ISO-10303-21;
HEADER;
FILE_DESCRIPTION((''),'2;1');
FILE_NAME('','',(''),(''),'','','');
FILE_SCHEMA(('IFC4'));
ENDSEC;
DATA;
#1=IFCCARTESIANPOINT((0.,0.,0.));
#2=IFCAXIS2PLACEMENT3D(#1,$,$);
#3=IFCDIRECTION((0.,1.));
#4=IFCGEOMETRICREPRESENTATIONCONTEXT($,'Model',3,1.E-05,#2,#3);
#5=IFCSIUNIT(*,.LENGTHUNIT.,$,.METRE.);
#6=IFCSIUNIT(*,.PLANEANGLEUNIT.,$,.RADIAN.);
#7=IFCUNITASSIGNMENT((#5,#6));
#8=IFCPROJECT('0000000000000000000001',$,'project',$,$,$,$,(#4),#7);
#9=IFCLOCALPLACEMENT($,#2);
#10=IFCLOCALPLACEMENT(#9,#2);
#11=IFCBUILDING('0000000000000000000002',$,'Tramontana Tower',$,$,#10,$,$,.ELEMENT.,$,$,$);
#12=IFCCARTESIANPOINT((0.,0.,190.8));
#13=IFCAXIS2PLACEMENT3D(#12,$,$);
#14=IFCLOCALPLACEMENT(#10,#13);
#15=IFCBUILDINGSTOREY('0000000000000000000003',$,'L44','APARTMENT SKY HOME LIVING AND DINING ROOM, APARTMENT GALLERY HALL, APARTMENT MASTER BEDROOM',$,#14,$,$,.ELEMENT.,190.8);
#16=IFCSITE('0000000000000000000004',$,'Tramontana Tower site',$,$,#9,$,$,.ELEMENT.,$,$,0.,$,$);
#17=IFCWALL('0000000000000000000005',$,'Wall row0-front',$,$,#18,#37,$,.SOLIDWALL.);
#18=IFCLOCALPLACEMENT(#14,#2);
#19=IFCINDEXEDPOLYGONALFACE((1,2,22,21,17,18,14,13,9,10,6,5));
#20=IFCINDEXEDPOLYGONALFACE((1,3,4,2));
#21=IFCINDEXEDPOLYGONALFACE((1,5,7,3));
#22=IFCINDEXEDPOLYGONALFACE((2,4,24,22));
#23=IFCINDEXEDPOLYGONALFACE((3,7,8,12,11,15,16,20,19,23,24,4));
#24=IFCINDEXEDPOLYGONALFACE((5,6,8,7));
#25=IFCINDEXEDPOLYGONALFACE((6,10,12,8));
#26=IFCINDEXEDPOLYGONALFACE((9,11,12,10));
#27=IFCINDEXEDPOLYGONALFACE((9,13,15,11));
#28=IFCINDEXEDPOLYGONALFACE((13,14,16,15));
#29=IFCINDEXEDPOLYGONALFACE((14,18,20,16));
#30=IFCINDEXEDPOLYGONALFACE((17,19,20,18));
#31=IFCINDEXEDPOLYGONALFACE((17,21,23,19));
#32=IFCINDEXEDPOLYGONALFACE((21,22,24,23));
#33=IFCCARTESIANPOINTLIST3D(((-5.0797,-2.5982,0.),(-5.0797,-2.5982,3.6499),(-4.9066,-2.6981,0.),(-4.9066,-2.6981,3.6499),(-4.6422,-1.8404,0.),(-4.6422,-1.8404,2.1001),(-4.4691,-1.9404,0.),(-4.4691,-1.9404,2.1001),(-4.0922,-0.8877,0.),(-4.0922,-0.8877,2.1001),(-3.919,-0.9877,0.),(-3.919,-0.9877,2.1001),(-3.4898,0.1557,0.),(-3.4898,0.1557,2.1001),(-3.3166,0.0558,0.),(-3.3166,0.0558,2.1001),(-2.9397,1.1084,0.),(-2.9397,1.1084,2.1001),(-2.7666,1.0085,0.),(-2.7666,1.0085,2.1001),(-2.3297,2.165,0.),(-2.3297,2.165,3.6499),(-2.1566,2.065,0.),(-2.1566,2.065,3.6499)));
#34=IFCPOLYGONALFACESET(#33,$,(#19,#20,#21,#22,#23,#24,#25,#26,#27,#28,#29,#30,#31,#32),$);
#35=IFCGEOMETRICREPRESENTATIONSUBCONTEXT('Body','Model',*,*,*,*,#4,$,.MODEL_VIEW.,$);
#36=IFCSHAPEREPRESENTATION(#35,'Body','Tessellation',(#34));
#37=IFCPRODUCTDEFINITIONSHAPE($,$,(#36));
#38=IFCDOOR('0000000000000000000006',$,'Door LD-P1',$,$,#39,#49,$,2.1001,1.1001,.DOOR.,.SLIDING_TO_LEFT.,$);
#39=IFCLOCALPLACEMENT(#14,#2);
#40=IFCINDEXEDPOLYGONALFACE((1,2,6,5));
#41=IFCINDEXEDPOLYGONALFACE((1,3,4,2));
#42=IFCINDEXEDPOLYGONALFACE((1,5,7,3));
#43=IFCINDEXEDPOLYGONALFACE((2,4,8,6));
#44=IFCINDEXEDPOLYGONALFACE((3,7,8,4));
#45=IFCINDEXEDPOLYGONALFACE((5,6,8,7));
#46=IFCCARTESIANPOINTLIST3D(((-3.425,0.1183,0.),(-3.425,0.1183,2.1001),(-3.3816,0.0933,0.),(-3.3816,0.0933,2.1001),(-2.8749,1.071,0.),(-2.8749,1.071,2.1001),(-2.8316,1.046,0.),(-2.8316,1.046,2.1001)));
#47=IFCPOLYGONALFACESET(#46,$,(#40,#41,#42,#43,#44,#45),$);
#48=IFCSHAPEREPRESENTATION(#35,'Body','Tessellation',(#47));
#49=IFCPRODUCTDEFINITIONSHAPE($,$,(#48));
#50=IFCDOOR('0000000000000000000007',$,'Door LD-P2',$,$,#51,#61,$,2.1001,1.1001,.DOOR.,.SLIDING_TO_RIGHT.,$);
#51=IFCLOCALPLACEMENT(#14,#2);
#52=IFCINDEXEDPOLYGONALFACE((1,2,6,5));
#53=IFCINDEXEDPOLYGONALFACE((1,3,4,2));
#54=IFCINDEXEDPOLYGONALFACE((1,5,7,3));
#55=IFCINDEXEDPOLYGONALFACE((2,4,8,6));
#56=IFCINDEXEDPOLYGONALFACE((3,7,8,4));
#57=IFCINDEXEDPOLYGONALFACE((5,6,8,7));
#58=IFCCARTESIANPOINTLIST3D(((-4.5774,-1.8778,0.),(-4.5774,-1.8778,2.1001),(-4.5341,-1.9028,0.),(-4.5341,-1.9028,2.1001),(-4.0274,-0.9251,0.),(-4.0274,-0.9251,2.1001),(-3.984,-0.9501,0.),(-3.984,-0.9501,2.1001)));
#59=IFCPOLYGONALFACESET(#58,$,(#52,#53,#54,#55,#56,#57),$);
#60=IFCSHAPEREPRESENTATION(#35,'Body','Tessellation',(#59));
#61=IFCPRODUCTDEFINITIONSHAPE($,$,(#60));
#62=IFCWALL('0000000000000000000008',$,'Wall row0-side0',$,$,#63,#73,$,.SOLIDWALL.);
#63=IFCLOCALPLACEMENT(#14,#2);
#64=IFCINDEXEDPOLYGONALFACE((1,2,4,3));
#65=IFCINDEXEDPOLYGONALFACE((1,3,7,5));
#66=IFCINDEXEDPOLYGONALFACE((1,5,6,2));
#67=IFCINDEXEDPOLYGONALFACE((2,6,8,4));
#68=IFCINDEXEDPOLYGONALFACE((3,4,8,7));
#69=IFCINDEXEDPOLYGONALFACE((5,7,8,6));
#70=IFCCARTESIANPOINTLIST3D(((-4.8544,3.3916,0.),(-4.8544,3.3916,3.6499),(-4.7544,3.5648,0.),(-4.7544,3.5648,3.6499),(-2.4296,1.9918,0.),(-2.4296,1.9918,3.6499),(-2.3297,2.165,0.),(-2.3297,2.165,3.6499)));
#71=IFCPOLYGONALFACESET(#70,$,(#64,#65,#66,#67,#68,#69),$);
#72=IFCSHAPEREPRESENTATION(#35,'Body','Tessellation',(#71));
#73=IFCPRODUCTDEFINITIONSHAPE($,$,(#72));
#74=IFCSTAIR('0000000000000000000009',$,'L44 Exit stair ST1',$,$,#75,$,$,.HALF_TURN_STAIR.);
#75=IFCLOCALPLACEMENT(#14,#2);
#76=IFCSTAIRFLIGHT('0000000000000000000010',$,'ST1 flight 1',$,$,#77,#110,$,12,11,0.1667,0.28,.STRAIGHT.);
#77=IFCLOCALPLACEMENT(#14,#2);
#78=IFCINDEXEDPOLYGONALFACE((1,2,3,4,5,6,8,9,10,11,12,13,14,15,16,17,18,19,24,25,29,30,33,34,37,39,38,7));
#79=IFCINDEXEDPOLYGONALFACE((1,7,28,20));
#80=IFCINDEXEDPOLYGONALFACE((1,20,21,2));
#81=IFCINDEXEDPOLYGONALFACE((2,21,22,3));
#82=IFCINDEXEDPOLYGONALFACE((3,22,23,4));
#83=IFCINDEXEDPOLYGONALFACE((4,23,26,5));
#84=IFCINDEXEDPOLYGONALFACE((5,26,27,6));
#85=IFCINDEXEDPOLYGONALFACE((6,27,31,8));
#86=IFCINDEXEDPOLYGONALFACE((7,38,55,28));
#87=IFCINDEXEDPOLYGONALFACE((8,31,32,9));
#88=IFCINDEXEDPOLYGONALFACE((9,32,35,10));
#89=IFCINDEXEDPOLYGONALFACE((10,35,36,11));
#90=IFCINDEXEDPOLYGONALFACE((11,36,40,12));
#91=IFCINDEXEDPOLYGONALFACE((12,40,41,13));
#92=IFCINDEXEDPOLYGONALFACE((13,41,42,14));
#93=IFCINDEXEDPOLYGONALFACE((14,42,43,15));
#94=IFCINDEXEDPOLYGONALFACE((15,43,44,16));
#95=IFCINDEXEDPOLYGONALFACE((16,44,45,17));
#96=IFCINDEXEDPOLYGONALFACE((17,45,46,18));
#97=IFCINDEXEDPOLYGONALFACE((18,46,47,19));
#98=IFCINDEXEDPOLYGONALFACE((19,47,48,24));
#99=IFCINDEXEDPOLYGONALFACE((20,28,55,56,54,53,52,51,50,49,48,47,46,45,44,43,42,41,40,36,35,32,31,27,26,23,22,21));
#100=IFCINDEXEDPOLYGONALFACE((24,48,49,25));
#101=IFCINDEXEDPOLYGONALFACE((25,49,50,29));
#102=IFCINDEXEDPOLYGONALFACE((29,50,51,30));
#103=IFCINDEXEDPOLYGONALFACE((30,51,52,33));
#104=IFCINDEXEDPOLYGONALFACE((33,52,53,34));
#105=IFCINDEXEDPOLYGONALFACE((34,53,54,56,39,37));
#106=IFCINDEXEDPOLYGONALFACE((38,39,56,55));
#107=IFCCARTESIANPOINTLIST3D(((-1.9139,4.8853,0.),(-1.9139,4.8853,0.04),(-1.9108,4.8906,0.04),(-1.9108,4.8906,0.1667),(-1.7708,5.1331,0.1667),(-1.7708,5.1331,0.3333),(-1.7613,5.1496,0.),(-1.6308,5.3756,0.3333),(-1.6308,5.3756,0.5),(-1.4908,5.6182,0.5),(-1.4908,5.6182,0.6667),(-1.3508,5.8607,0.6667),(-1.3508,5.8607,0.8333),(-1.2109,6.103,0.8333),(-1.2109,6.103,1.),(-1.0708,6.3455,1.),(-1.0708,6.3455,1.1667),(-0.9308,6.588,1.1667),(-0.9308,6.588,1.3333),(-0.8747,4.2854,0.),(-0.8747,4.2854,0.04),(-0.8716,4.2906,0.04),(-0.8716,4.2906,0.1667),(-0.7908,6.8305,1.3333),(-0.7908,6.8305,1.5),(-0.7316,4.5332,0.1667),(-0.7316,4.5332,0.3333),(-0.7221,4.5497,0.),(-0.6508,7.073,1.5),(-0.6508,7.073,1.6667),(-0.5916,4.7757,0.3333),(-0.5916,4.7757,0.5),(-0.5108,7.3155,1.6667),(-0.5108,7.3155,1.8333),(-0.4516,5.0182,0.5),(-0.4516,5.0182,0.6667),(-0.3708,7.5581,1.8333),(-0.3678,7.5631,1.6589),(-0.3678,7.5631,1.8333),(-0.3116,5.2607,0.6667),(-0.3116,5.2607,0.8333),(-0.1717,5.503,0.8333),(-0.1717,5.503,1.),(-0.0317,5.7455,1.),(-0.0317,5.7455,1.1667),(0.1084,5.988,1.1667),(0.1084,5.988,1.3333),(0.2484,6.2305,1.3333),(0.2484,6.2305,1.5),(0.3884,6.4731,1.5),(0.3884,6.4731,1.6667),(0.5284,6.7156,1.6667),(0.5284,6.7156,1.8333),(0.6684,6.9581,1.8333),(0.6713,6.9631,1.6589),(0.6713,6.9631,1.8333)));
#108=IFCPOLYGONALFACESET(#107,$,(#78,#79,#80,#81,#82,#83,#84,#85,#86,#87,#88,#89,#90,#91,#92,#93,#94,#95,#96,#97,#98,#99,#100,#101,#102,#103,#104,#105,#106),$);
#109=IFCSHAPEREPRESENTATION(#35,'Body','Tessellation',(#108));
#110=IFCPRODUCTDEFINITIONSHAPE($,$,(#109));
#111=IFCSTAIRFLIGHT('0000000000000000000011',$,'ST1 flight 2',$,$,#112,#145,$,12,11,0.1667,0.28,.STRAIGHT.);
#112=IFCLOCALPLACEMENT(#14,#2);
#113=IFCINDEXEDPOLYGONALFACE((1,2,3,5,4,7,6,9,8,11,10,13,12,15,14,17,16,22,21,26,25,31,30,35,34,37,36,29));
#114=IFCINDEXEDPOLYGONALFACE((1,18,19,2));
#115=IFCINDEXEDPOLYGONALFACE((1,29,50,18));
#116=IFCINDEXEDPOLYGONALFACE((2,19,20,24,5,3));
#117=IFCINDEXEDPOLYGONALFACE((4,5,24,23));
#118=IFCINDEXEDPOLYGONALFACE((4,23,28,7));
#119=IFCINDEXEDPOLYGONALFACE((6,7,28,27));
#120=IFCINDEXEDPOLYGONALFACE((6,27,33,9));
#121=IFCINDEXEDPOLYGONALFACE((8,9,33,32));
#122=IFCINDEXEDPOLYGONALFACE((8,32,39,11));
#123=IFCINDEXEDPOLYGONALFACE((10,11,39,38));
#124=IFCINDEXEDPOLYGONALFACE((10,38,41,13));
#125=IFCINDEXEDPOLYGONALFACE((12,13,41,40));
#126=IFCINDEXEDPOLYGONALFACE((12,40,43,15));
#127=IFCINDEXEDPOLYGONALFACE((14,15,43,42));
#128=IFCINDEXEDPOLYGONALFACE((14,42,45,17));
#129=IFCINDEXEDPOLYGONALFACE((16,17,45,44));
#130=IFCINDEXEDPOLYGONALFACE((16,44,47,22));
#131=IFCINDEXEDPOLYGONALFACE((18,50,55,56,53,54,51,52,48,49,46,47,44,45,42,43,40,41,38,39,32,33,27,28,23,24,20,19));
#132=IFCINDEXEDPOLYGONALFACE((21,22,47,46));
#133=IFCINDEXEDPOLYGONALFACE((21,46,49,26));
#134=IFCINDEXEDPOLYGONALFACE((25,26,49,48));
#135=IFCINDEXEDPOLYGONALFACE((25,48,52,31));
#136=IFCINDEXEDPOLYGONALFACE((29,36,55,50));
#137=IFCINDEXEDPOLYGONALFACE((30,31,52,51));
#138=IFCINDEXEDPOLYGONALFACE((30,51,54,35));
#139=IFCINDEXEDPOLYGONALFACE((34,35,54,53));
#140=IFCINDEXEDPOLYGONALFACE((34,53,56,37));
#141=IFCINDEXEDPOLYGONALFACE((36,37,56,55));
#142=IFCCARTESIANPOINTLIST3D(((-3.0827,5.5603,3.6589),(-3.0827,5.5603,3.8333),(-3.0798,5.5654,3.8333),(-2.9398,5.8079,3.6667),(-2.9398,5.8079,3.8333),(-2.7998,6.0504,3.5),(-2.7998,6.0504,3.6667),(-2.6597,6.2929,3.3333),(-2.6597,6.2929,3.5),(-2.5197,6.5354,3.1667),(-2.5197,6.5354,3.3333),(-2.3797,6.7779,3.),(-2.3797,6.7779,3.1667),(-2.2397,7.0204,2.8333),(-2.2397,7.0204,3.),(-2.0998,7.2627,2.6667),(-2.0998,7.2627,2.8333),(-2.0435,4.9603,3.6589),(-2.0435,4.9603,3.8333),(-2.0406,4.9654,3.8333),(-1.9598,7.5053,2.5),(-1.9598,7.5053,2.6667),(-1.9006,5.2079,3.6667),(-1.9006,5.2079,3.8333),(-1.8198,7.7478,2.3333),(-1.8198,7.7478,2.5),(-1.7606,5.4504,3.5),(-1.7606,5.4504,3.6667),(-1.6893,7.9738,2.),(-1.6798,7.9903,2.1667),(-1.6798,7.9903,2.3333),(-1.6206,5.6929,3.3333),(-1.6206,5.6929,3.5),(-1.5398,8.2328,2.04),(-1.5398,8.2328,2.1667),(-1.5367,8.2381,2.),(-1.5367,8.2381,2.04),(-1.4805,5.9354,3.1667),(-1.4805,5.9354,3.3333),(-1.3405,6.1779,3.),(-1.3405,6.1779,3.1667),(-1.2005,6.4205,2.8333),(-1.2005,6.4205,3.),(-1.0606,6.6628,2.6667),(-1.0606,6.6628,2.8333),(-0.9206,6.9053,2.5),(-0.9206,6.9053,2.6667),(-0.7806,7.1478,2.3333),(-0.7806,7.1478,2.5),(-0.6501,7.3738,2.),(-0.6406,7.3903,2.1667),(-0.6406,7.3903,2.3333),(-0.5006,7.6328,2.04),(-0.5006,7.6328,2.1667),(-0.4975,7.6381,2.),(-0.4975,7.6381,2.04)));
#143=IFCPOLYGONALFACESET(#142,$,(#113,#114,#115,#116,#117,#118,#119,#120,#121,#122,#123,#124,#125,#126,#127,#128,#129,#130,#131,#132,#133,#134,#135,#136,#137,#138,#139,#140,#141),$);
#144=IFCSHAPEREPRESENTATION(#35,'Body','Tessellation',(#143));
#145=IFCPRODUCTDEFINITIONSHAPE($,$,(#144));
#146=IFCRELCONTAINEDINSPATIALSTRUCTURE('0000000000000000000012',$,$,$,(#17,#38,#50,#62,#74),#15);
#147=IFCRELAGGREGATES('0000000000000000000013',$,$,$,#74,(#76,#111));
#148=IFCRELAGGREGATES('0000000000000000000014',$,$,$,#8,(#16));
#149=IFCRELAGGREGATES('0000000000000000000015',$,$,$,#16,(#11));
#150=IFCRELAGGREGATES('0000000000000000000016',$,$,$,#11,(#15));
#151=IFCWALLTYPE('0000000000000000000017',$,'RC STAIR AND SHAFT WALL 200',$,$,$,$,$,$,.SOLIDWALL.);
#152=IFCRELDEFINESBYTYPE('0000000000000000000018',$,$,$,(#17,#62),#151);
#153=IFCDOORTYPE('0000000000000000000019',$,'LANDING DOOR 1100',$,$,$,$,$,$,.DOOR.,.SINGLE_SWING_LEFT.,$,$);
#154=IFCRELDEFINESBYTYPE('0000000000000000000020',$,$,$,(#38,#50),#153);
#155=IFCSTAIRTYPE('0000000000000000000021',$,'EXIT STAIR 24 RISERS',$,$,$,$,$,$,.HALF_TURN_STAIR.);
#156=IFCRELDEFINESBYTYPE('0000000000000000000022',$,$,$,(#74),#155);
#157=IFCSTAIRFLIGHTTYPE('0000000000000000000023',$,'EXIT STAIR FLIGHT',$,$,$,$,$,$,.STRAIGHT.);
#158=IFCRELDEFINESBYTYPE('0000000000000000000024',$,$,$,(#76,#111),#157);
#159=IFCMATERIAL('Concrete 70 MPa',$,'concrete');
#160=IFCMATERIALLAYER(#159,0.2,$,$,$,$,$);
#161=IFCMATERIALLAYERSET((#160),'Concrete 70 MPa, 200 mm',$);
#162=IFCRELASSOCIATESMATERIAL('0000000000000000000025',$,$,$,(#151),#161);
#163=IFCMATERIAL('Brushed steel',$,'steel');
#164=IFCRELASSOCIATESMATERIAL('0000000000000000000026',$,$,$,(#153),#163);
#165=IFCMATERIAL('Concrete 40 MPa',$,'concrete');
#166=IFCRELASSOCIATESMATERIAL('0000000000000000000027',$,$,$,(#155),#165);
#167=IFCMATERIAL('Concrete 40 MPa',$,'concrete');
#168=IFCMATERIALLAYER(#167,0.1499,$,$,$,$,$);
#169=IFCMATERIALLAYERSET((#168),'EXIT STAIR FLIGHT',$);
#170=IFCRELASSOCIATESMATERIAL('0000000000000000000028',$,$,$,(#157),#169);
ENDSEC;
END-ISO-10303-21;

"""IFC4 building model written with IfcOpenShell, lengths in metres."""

from ifc_helpers import new_model, si_unit, direction, frame, frame_2d, origin, place, context, subcontext, project, spatial, polyline, rectangle, outline, extrude, material, layer, layer_set, type_object, element, fill, aggregate, save


model = new_model("IFC4")

# Units and contexts
model_context = context("Model", 3, precision=1e-05, world=origin(), true_north=direction((0.0, 1.0)))
body_context = subcontext(model_context, "Body", "Model", "MODEL_VIEW")
ifc_project = project(units=[si_unit("LENGTHUNIT", "METRE"), si_unit("PLANEANGLEUNIT", "RADIAN")], contexts=[model_context])

# Site, building, storey
site_placement = place(None, origin())
site = spatial("IfcSite", under=ifc_project, at=site_placement, Name="Tramontana Tower site", CompositionType="ELEMENT", RefElevation=0.0)
building_placement = place(site_placement, origin())
building = spatial("IfcBuilding", under=site, at=building_placement, Name="Tramontana Tower", CompositionType="ELEMENT")
storey_placement = place(building_placement, frame((0.0, 0.0, 190.8)))
storey = spatial("IfcBuildingStorey", under=building, at=storey_placement, Name="L44", Description="APARTMENT SKY HOME LIVING AND DINING ROOM, APARTMENT GALLERY HALL, APARTMENT MASTER BEDROOM", CompositionType="ELEMENT", Elevation=190.8)

# Shared definitions
ifc_material_1 = material(Name="Concrete 70 MPa", Category="concrete")
ifc_layer_1 = layer(ifc_material_1, 0.2)
ifc_layer_set_1 = layer_set([ifc_layer_1], Name="Concrete 70 MPa, 200 mm")
wall_type_1 = type_object("IfcWallType", Name="RC STAIR AND SHAFT WALL 200", PredefinedType="SOLIDWALL", material=ifc_layer_set_1)

# Wall, openings, doors
wall_1_placement = place(storey_placement, frame((-2.2432, 2.115, 0.0), z_axis=(0.0, 0.0, 1.0), x_axis=(-0.499997, -0.866027, 0.0)))
wall_1 = element("IfcWall", 1, at=wall_1_placement, inside=storey, type_object=wall_type_1, Name="Wall row0-front", PredefinedType="SOLIDWALL", context=body_context, shape_type="SweptSolid", body=[
    extrude(rectangle(XDim=5.5, YDim=0.2, at=frame_2d((2.75, 0.0))), origin(), (0.0, 0.0, 1.0), 3.6499),
])
opening_1_placement = place(wall_1_placement, frame((1.22, 0.0, 0.0)))
opening_1 = element("IfcOpeningElement", 2, at=opening_1_placement, cuts=wall_1, PredefinedType="OPENING", context=body_context, shape_type="SweptSolid", body=[
    extrude(rectangle(XDim=1.1001, YDim=2.1001, at=frame_2d((0.55, 1.05))), frame((0.0, 0.1099, 0.0), z_axis=(0.0, -1.0, 0.0), x_axis=(1.0, 0.0, 0.0)), (0.0, 0.0, 1.0), 0.22),
])
opening_2_placement = place(wall_1_placement, frame((3.5249, 0.0, 0.0)))
opening_2 = element("IfcOpeningElement", 3, at=opening_2_placement, cuts=wall_1, PredefinedType="OPENING", context=body_context, shape_type="SweptSolid", body=[
    extrude(rectangle(XDim=1.1001, YDim=2.1001, at=frame_2d((0.55, 1.05))), frame((0.0, 0.1099, 0.0), z_axis=(0.0, -1.0, 0.0), x_axis=(1.0, 0.0, 0.0)), (0.0, 0.0, 1.0), 0.22),
])
ifc_material_2 = material(Name="Brushed steel", Category="steel")
door_type_1 = type_object("IfcDoorType", Name="LANDING DOOR 1100", OperationType="SINGLE_SWING_LEFT", PredefinedType="DOOR", material=ifc_material_2)
door_1_placement = place(opening_1_placement, origin())
door_1 = element("IfcDoor", 4, at=door_1_placement, inside=storey, type_object=door_type_1, Name="Door LD-P1", OperationType="SLIDING_TO_LEFT", OverallHeight=2.1001, OverallWidth=1.1001, PredefinedType="DOOR", context=body_context, shape_type="SweptSolid", body=[
    extrude(rectangle(XDim=1.1001, YDim=2.1001, at=frame_2d((0.55, 1.05))), frame((0.0, 0.0249, 0.0), z_axis=(0.0, -1.0, 0.0), x_axis=(1.0, 0.0, 0.0)), (0.0, 0.0, 1.0), 0.05),
])
fill(opening_1, door_1)
door_2_placement = place(opening_2_placement, origin())
door_2 = element("IfcDoor", 5, at=door_2_placement, inside=storey, type_object=door_type_1, Name="Door LD-P2", OperationType="SLIDING_TO_RIGHT", OverallHeight=2.1001, OverallWidth=1.1001, PredefinedType="DOOR", context=body_context, shape_type="SweptSolid", body=[
    extrude(rectangle(XDim=1.1001, YDim=2.1001, at=frame_2d((0.55, 1.05))), frame((0.0, 0.0249, 0.0), z_axis=(0.0, -1.0, 0.0), x_axis=(1.0, 0.0, 0.0)), (0.0, 0.0, 1.0), 0.05),
])
fill(opening_2, door_2)

# Wall
wall_2_placement = place(storey_placement, frame((-2.3796, 2.0784, 0.0), z_axis=(0.0, 0.0, 1.0), x_axis=(-0.866035, 0.499984, 0.0)))
element("IfcWall", 6, at=wall_2_placement, inside=storey, type_object=wall_type_1, Name="Wall row0-side0", PredefinedType="SOLIDWALL", context=body_context, shape_type="SweptSolid", body=[
    extrude(rectangle(XDim=2.7998, YDim=0.2, at=frame_2d((1.3999, 0.0))), origin(), (0.0, 0.0, 1.0), 3.6499),
])

# Stair, stair flights
ifc_material_3 = material(Name="Concrete 40 MPa", Category="concrete")
stair_type = type_object("IfcStairType", Name="EXIT STAIR 24 RISERS", PredefinedType="HALF_TURN_STAIR", material=ifc_material_3)
stair_placement = place(storey_placement, origin())
stair = element("IfcStair", 7, at=stair_placement, inside=storey, type_object=stair_type, Name="L44 Exit stair ST1", PredefinedType="HALF_TURN_STAIR")
ifc_material_4 = material(Name="Concrete 40 MPa", Category="concrete")
ifc_layer_2 = layer(ifc_material_4, 0.1499)
ifc_layer_set_2 = layer_set([ifc_layer_2], Name="EXIT STAIR FLIGHT")
stair_flight_type = type_object("IfcStairFlightType", Name="EXIT STAIR FLIGHT", PredefinedType="STRAIGHT", material=ifc_layer_set_2)
stair_flight_1_placement = place(storey_placement, frame((-1.3911, 4.5906, 0.0), z_axis=(0.0, 0.0, 1.0), x_axis=(0.5, 0.866025, 0.0)))
stair_flight_1 = element("IfcStairFlight", 8, at=stair_flight_1_placement, type_object=stair_flight_type, Name="ST1 flight 1", NumberOfRisers=12, NumberOfTreads=11, PredefinedType="STRAIGHT", RiserHeight=0.1667, TreadLength=0.28, context=body_context, shape_type="SweptSolid", body=[
    extrude(outline(polyline([(-0.0061, 0.0), (-0.0061, 0.04), (0.0, 0.04), (0.0, 0.1667), (0.28, 0.1667), (0.28, 0.3333), (0.5601, 0.3333), (0.5601, 0.5), (0.8401, 0.5), (0.8401, 0.6667), (1.1201, 0.6667), (1.1201, 0.8333), (1.3999, 0.8333), (1.3999, 1.0), (1.6799, 1.0), (1.6799, 1.1667), (1.96, 1.1667), (1.96, 1.3333), (2.24, 1.3333), (2.24, 1.5), (2.52, 1.5), (2.52, 1.6667), (2.8, 1.6667), (2.8, 1.8333), (3.0801, 1.8333), (3.0859, 1.8333), (3.0859, 1.6589), (0.2991, 0.0), (-0.0061, 0.0)])), frame((0.0, 0.6001, 0.0), z_axis=(0.0, -1.0, 0.0), x_axis=(1.0, 0.0, 0.0)), (0.0, 0.0, 1.0), 1.2),
])
stair_flight_2_placement = place(storey_placement, frame((-1.0203, 7.9329, 2.0), z_axis=(0.0, 0.0, 1.0), x_axis=(-0.5, -0.866025, 0.0)))
stair_flight_2 = element("IfcStairFlight", 9, at=stair_flight_2_placement, type_object=stair_flight_type, Name="ST1 flight 2", NumberOfRisers=12, NumberOfTreads=11, PredefinedType="STRAIGHT", RiserHeight=0.1667, TreadLength=0.28, context=body_context, shape_type="SweptSolid", body=[
    extrude(outline(polyline([(-0.0061, 0.0), (-0.0061, 0.04), (0.0, 0.04), (0.0, 0.1667), (0.28, 0.1667), (0.28, 0.3333), (0.5601, 0.3333), (0.5601, 0.5), (0.8401, 0.5), (0.8401, 0.6667), (1.1201, 0.6667), (1.1201, 0.8333), (1.3999, 0.8333), (1.3999, 1.0), (1.6799, 1.0), (1.6799, 1.1667), (1.96, 1.1667), (1.96, 1.3333), (2.24, 1.3333), (2.24, 1.5), (2.52, 1.5), (2.52, 1.6667), (2.8, 1.6667), (2.8, 1.8333), (3.0801, 1.8333), (3.0859, 1.8333), (3.0859, 1.6589), (0.2991, 0.0), (-0.0061, 0.0)])), frame((0.0, 0.6001, 0.0), z_axis=(0.0, -1.0, 0.0), x_axis=(1.0, 0.0, 0.0)), (0.0, 0.0, 1.0), 1.2),
])
aggregate(stair, [stair_flight_1, stair_flight_2])

save(model, "model.ifc")
